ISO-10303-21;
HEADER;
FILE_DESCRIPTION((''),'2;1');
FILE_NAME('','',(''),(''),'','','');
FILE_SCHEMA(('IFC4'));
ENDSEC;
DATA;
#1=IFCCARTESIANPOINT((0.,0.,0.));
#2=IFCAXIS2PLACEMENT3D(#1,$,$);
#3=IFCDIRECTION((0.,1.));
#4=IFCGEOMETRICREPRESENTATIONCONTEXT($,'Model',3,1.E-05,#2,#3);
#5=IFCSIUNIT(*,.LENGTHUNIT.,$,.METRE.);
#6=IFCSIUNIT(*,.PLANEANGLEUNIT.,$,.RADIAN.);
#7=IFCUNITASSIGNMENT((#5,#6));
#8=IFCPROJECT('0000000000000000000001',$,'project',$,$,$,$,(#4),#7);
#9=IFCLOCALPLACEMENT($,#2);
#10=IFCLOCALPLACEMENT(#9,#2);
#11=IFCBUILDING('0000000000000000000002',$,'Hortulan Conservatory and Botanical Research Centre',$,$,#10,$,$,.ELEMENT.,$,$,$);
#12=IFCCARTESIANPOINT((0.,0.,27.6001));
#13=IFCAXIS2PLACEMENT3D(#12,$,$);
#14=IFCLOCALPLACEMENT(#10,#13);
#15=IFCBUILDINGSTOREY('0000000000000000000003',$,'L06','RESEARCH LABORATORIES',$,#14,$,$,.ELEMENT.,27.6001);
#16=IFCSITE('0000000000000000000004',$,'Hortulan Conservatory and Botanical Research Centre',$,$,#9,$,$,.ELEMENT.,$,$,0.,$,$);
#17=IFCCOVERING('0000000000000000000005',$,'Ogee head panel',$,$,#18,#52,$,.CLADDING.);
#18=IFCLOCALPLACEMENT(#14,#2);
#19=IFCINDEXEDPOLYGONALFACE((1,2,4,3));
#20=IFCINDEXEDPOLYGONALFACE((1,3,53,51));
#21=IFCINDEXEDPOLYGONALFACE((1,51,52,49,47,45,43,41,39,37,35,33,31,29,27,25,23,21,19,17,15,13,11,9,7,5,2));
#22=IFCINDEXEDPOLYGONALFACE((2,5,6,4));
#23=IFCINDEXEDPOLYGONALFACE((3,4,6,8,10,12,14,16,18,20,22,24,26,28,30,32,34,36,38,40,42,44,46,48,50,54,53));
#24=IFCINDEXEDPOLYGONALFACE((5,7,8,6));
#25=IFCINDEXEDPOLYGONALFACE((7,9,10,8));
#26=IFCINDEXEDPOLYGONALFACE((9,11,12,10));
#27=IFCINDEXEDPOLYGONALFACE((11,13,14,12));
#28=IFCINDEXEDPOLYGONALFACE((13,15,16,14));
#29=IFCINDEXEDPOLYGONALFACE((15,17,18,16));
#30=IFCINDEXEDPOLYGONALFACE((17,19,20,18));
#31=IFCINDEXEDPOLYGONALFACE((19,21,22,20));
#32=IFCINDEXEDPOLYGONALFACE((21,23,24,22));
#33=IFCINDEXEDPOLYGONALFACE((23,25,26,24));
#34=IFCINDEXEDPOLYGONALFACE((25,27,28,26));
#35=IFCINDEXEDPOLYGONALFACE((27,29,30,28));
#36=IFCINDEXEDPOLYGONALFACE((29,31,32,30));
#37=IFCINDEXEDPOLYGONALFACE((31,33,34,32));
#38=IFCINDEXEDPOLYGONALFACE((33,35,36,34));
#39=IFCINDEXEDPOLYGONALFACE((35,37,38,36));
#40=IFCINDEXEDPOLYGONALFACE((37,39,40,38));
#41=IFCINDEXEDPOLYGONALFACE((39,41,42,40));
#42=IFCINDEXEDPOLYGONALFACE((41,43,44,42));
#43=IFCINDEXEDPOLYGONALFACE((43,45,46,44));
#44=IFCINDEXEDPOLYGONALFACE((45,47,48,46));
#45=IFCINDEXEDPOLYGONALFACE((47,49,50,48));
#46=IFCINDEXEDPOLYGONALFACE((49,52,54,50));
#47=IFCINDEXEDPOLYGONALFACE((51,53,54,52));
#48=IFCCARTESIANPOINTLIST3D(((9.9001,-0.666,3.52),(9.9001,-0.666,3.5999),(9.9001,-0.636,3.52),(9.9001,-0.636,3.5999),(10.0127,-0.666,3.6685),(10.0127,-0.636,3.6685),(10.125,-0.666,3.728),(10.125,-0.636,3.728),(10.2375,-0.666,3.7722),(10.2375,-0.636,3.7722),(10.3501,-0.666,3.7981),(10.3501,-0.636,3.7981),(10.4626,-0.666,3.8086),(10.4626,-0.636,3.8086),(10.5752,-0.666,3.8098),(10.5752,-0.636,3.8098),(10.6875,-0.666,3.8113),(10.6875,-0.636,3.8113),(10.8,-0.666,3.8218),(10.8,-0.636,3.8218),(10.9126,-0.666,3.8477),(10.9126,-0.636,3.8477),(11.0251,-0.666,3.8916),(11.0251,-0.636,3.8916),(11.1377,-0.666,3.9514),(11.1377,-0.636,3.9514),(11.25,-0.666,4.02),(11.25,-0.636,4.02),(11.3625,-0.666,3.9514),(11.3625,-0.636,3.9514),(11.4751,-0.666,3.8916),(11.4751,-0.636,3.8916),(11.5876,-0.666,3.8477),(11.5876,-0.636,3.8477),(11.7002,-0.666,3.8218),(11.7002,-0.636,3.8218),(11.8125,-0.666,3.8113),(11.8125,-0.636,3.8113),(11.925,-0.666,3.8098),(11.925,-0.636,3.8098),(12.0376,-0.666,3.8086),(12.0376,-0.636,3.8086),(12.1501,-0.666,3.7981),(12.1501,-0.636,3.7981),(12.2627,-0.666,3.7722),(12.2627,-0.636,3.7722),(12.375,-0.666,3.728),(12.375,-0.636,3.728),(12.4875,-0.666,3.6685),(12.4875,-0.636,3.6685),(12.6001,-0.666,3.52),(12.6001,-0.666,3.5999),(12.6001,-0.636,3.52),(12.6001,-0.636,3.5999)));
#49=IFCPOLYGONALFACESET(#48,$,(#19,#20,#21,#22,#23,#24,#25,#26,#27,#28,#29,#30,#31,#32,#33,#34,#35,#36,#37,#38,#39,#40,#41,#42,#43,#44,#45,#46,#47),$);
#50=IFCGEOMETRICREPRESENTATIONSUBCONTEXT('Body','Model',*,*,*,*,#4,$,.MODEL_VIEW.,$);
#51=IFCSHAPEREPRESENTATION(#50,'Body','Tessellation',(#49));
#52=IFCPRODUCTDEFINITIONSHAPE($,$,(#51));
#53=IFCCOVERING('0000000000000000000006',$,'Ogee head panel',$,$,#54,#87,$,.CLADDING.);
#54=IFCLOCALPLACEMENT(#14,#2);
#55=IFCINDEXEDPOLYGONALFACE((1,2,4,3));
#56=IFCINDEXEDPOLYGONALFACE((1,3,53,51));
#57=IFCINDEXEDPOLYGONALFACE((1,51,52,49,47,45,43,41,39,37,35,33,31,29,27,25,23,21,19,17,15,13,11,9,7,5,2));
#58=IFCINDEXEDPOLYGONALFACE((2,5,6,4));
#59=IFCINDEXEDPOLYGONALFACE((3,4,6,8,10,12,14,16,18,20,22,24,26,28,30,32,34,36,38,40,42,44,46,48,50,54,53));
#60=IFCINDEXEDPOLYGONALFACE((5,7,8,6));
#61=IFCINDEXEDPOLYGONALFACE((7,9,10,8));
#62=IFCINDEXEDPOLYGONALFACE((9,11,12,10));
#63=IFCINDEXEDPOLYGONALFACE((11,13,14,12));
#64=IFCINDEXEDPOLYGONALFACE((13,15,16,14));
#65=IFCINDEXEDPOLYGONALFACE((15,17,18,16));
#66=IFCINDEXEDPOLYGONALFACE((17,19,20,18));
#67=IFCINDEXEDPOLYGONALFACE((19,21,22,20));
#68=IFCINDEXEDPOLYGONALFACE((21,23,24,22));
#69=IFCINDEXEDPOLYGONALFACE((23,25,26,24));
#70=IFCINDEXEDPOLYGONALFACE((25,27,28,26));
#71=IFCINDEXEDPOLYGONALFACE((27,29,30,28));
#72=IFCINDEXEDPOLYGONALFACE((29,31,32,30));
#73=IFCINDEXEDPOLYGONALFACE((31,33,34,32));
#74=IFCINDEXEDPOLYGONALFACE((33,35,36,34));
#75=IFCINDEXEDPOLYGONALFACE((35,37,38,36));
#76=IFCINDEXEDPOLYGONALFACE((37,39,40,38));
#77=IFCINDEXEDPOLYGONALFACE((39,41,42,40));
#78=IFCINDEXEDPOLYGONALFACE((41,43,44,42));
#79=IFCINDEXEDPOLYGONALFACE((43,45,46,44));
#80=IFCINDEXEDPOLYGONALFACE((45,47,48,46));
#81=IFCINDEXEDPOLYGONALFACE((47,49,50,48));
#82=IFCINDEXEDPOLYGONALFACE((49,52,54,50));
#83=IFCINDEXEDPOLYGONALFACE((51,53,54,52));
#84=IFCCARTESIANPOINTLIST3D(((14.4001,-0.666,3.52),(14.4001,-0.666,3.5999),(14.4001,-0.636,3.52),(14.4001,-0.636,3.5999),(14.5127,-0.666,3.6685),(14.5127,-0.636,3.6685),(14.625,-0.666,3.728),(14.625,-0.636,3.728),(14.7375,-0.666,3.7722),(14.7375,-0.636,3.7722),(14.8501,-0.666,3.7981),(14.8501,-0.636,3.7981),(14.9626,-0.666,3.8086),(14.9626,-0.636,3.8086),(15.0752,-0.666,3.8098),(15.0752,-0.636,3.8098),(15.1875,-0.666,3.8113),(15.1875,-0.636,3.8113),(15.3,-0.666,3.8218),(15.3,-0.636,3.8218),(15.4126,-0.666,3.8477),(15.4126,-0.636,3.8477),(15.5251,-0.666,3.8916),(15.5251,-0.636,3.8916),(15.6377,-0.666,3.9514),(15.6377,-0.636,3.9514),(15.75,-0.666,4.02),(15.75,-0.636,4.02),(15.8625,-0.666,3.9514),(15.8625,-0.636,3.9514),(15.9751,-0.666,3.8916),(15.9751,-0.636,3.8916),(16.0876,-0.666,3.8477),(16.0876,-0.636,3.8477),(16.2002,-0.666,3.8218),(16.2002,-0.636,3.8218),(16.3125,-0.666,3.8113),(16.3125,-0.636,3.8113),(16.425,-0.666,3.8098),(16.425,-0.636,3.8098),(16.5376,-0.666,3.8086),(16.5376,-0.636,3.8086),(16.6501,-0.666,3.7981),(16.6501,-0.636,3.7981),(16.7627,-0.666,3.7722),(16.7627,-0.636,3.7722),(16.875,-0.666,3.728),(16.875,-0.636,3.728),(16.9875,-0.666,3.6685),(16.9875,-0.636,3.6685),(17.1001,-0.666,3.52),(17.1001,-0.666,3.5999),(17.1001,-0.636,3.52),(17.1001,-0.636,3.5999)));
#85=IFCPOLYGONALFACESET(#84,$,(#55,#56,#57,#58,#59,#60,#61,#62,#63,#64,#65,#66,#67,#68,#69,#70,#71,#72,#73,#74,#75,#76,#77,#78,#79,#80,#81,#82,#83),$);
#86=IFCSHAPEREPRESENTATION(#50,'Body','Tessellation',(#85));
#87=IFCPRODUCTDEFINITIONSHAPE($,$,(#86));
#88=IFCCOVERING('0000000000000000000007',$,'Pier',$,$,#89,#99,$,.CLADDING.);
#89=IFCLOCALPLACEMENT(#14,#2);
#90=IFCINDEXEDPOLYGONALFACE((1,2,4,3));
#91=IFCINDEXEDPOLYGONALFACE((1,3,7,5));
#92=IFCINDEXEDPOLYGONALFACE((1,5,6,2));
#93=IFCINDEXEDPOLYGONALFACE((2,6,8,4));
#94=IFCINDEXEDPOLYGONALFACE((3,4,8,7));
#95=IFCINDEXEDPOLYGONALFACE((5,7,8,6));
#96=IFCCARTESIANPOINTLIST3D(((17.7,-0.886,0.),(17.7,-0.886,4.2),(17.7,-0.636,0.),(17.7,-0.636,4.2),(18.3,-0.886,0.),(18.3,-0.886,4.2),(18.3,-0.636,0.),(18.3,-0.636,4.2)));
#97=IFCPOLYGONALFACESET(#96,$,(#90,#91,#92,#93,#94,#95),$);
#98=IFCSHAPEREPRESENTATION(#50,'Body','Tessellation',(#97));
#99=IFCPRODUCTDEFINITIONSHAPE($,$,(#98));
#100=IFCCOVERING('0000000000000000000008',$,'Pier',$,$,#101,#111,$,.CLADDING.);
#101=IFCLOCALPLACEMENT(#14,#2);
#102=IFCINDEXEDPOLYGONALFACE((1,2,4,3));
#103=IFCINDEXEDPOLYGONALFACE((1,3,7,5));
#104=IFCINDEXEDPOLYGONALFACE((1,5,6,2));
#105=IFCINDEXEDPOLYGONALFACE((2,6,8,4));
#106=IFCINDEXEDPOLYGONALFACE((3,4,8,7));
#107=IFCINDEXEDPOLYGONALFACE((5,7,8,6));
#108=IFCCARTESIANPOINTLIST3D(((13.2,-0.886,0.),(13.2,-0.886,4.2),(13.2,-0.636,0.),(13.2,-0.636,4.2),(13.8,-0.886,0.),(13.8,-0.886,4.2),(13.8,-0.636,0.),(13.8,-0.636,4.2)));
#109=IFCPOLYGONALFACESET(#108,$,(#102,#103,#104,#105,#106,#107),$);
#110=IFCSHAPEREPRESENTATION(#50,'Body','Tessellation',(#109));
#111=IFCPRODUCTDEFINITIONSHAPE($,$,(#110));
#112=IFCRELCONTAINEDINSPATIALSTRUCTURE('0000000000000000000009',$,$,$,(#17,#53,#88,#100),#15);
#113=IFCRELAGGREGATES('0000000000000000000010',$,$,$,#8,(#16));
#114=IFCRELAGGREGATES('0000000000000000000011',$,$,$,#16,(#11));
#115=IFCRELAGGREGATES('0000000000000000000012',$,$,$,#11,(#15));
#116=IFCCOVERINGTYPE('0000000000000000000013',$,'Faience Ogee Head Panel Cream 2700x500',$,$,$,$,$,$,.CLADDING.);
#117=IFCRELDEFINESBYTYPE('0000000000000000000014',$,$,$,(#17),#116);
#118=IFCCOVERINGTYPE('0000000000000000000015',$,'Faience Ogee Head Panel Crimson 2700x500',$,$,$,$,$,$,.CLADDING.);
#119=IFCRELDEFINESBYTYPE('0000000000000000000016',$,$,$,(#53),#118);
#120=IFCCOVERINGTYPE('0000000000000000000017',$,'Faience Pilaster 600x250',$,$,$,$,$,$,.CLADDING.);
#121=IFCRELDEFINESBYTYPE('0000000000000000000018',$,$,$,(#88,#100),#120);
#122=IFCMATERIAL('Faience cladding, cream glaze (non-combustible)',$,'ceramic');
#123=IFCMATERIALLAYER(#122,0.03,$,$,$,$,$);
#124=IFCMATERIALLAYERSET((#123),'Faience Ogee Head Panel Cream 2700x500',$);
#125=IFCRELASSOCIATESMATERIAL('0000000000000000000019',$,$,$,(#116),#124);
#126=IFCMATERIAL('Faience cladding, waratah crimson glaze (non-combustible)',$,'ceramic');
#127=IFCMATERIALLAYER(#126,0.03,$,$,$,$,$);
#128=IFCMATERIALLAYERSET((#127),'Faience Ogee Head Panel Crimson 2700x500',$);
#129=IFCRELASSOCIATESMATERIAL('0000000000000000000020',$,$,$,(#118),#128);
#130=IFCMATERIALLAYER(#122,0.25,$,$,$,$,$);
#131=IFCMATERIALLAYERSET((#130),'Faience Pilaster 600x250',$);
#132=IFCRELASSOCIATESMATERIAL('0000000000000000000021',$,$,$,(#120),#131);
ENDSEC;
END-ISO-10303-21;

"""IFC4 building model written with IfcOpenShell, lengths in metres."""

from ifc_helpers import new_model, si_unit, direction, frame, origin, origin_2d, place, context, subcontext, project, spatial, polyline, rectangle, outline, extrude, material, layer, layer_set, type_object, element, save


model = new_model("IFC4")

# Units and contexts
model_context = context("Model", 3, precision=1e-05, world=origin(), true_north=direction((0.0, 1.0)))
body_context = subcontext(model_context, "Body", "Model", "MODEL_VIEW")
ifc_project = project(units=[si_unit("LENGTHUNIT", "METRE"), si_unit("PLANEANGLEUNIT", "RADIAN")], contexts=[model_context])

# Site, building, storey
site_placement = place(None, origin())
site = spatial("IfcSite", under=ifc_project, at=site_placement, Name="Hortulan Conservatory and Botanical Research Centre", CompositionType="ELEMENT", RefElevation=0.0)
building_placement = place(site_placement, origin())
building = spatial("IfcBuilding", under=site, at=building_placement, Name="Hortulan Conservatory and Botanical Research Centre", CompositionType="ELEMENT")
storey_placement = place(building_placement, frame((0.0, 0.0, 27.6001)))
storey = spatial("IfcBuildingStorey", under=building, at=storey_placement, Name="L06", Description="RESEARCH LABORATORIES", CompositionType="ELEMENT", Elevation=27.6001)

# Coverings
ifc_material_1 = material(Name="Faience cladding, cream glaze (non-combustible)", Category="ceramic")
ifc_layer_1 = layer(ifc_material_1, 0.03)
ifc_layer_set_1 = layer_set([ifc_layer_1], Name="Faience Ogee Head Panel Cream 2700x500")
covering_type_1 = type_object("IfcCoveringType", Name="Faience Ogee Head Panel Cream 2700x500", PredefinedType="CLADDING", material=ifc_layer_set_1)
covering_1_placement = place(storey_placement, frame((12.6001, -0.6509, 3.52), z_axis=(0.0, 0.0, 1.0), x_axis=(-1.0, 0.0, 0.0)))
element("IfcCovering", 1, at=covering_1_placement, inside=storey, type_object=covering_type_1, Name="Ogee head panel", PredefinedType="CLADDING", context=body_context, shape_type="SweptSolid", body=[
    extrude(outline(polyline([(0.0, 0.0), (2.7, 0.0), (2.7, 0.0798), (2.5874, 0.1484), (2.4751, 0.208), (2.3625, 0.2522), (2.25, 0.2781), (2.1375, 0.2886), (2.0249, 0.2898), (1.9126, 0.2913), (1.8, 0.3018), (1.6875, 0.3276), (1.575, 0.3716), (1.4624, 0.4314), (1.3501, 0.5), (1.2375, 0.4314), (1.125, 0.3716), (1.0125, 0.3276), (0.8999, 0.3018), (0.7876, 0.2913), (0.675, 0.2898), (0.5625, 0.2886), (0.45, 0.2781), (0.3374, 0.2522), (0.2251, 0.208), (0.1125, 0.1484), (0.0, 0.0798), (0.0, 0.0)])), frame((0.0, 0.0151, 0.0), z_axis=(0.0, -1.0, 0.0), x_axis=(1.0, 0.0, 0.0)), (0.0, 0.0, 1.0), 0.03),
])
ifc_material_2 = material(Name="Faience cladding, waratah crimson glaze (non-combustible)", Category="ceramic")
ifc_layer_2 = layer(ifc_material_2, 0.03)
ifc_layer_set_2 = layer_set([ifc_layer_2], Name="Faience Ogee Head Panel Crimson 2700x500")
covering_type_2 = type_object("IfcCoveringType", Name="Faience Ogee Head Panel Crimson 2700x500", PredefinedType="CLADDING", material=ifc_layer_set_2)
covering_2_placement = place(storey_placement, frame((17.1001, -0.6509, 3.52), z_axis=(0.0, 0.0, 1.0), x_axis=(-1.0, 0.0, 0.0)))
element("IfcCovering", 2, at=covering_2_placement, inside=storey, type_object=covering_type_2, Name="Ogee head panel", PredefinedType="CLADDING", context=body_context, shape_type="SweptSolid", body=[
    extrude(outline(polyline([(0.0, 0.0), (2.7, 0.0), (2.7, 0.0798), (2.5874, 0.1484), (2.4751, 0.208), (2.3625, 0.2522), (2.25, 0.2781), (2.1375, 0.2886), (2.0249, 0.2898), (1.9126, 0.2913), (1.8, 0.3018), (1.6875, 0.3276), (1.575, 0.3716), (1.4624, 0.4314), (1.3501, 0.5), (1.2375, 0.4314), (1.125, 0.3716), (1.0125, 0.3276), (0.8999, 0.3018), (0.7876, 0.2913), (0.675, 0.2898), (0.5625, 0.2886), (0.45, 0.2781), (0.3374, 0.2522), (0.2251, 0.208), (0.1125, 0.1484), (0.0, 0.0798), (0.0, 0.0)])), frame((0.0, 0.0151, 0.0), z_axis=(0.0, -1.0, 0.0), x_axis=(1.0, 0.0, 0.0)), (0.0, 0.0, 1.0), 0.03),
])
ifc_layer_3 = layer(ifc_material_1, 0.25)
ifc_layer_set_3 = layer_set([ifc_layer_3], Name="Faience Pilaster 600x250")
covering_type_3 = type_object("IfcCoveringType", Name="Faience Pilaster 600x250", PredefinedType="CLADDING", material=ifc_layer_set_3)
for number, where, z_axis, x_axis, name in (
    (3, (18.0, -0.761, 0.0), (0.0, 0.0, 1.0), (-1.0, 0.0, 0.0), "Pier"),
    (4, (13.5, -0.761, 0.0), (0.0, 0.0, 1.0), (-1.0, 0.0, 0.0), "Pier"),
):
    element("IfcCovering", number, at=place(storey_placement, frame(where, z_axis=z_axis, x_axis=x_axis)), inside=storey, type_object=covering_type_3, Name=name, PredefinedType="CLADDING", context=body_context, shape_type="SweptSolid", body=[
        extrude(rectangle(XDim=0.6001, YDim=0.25, at=origin_2d()), origin(), (0.0, 0.0, 1.0), 4.2),
    ])

save(model, "model.ifc")
